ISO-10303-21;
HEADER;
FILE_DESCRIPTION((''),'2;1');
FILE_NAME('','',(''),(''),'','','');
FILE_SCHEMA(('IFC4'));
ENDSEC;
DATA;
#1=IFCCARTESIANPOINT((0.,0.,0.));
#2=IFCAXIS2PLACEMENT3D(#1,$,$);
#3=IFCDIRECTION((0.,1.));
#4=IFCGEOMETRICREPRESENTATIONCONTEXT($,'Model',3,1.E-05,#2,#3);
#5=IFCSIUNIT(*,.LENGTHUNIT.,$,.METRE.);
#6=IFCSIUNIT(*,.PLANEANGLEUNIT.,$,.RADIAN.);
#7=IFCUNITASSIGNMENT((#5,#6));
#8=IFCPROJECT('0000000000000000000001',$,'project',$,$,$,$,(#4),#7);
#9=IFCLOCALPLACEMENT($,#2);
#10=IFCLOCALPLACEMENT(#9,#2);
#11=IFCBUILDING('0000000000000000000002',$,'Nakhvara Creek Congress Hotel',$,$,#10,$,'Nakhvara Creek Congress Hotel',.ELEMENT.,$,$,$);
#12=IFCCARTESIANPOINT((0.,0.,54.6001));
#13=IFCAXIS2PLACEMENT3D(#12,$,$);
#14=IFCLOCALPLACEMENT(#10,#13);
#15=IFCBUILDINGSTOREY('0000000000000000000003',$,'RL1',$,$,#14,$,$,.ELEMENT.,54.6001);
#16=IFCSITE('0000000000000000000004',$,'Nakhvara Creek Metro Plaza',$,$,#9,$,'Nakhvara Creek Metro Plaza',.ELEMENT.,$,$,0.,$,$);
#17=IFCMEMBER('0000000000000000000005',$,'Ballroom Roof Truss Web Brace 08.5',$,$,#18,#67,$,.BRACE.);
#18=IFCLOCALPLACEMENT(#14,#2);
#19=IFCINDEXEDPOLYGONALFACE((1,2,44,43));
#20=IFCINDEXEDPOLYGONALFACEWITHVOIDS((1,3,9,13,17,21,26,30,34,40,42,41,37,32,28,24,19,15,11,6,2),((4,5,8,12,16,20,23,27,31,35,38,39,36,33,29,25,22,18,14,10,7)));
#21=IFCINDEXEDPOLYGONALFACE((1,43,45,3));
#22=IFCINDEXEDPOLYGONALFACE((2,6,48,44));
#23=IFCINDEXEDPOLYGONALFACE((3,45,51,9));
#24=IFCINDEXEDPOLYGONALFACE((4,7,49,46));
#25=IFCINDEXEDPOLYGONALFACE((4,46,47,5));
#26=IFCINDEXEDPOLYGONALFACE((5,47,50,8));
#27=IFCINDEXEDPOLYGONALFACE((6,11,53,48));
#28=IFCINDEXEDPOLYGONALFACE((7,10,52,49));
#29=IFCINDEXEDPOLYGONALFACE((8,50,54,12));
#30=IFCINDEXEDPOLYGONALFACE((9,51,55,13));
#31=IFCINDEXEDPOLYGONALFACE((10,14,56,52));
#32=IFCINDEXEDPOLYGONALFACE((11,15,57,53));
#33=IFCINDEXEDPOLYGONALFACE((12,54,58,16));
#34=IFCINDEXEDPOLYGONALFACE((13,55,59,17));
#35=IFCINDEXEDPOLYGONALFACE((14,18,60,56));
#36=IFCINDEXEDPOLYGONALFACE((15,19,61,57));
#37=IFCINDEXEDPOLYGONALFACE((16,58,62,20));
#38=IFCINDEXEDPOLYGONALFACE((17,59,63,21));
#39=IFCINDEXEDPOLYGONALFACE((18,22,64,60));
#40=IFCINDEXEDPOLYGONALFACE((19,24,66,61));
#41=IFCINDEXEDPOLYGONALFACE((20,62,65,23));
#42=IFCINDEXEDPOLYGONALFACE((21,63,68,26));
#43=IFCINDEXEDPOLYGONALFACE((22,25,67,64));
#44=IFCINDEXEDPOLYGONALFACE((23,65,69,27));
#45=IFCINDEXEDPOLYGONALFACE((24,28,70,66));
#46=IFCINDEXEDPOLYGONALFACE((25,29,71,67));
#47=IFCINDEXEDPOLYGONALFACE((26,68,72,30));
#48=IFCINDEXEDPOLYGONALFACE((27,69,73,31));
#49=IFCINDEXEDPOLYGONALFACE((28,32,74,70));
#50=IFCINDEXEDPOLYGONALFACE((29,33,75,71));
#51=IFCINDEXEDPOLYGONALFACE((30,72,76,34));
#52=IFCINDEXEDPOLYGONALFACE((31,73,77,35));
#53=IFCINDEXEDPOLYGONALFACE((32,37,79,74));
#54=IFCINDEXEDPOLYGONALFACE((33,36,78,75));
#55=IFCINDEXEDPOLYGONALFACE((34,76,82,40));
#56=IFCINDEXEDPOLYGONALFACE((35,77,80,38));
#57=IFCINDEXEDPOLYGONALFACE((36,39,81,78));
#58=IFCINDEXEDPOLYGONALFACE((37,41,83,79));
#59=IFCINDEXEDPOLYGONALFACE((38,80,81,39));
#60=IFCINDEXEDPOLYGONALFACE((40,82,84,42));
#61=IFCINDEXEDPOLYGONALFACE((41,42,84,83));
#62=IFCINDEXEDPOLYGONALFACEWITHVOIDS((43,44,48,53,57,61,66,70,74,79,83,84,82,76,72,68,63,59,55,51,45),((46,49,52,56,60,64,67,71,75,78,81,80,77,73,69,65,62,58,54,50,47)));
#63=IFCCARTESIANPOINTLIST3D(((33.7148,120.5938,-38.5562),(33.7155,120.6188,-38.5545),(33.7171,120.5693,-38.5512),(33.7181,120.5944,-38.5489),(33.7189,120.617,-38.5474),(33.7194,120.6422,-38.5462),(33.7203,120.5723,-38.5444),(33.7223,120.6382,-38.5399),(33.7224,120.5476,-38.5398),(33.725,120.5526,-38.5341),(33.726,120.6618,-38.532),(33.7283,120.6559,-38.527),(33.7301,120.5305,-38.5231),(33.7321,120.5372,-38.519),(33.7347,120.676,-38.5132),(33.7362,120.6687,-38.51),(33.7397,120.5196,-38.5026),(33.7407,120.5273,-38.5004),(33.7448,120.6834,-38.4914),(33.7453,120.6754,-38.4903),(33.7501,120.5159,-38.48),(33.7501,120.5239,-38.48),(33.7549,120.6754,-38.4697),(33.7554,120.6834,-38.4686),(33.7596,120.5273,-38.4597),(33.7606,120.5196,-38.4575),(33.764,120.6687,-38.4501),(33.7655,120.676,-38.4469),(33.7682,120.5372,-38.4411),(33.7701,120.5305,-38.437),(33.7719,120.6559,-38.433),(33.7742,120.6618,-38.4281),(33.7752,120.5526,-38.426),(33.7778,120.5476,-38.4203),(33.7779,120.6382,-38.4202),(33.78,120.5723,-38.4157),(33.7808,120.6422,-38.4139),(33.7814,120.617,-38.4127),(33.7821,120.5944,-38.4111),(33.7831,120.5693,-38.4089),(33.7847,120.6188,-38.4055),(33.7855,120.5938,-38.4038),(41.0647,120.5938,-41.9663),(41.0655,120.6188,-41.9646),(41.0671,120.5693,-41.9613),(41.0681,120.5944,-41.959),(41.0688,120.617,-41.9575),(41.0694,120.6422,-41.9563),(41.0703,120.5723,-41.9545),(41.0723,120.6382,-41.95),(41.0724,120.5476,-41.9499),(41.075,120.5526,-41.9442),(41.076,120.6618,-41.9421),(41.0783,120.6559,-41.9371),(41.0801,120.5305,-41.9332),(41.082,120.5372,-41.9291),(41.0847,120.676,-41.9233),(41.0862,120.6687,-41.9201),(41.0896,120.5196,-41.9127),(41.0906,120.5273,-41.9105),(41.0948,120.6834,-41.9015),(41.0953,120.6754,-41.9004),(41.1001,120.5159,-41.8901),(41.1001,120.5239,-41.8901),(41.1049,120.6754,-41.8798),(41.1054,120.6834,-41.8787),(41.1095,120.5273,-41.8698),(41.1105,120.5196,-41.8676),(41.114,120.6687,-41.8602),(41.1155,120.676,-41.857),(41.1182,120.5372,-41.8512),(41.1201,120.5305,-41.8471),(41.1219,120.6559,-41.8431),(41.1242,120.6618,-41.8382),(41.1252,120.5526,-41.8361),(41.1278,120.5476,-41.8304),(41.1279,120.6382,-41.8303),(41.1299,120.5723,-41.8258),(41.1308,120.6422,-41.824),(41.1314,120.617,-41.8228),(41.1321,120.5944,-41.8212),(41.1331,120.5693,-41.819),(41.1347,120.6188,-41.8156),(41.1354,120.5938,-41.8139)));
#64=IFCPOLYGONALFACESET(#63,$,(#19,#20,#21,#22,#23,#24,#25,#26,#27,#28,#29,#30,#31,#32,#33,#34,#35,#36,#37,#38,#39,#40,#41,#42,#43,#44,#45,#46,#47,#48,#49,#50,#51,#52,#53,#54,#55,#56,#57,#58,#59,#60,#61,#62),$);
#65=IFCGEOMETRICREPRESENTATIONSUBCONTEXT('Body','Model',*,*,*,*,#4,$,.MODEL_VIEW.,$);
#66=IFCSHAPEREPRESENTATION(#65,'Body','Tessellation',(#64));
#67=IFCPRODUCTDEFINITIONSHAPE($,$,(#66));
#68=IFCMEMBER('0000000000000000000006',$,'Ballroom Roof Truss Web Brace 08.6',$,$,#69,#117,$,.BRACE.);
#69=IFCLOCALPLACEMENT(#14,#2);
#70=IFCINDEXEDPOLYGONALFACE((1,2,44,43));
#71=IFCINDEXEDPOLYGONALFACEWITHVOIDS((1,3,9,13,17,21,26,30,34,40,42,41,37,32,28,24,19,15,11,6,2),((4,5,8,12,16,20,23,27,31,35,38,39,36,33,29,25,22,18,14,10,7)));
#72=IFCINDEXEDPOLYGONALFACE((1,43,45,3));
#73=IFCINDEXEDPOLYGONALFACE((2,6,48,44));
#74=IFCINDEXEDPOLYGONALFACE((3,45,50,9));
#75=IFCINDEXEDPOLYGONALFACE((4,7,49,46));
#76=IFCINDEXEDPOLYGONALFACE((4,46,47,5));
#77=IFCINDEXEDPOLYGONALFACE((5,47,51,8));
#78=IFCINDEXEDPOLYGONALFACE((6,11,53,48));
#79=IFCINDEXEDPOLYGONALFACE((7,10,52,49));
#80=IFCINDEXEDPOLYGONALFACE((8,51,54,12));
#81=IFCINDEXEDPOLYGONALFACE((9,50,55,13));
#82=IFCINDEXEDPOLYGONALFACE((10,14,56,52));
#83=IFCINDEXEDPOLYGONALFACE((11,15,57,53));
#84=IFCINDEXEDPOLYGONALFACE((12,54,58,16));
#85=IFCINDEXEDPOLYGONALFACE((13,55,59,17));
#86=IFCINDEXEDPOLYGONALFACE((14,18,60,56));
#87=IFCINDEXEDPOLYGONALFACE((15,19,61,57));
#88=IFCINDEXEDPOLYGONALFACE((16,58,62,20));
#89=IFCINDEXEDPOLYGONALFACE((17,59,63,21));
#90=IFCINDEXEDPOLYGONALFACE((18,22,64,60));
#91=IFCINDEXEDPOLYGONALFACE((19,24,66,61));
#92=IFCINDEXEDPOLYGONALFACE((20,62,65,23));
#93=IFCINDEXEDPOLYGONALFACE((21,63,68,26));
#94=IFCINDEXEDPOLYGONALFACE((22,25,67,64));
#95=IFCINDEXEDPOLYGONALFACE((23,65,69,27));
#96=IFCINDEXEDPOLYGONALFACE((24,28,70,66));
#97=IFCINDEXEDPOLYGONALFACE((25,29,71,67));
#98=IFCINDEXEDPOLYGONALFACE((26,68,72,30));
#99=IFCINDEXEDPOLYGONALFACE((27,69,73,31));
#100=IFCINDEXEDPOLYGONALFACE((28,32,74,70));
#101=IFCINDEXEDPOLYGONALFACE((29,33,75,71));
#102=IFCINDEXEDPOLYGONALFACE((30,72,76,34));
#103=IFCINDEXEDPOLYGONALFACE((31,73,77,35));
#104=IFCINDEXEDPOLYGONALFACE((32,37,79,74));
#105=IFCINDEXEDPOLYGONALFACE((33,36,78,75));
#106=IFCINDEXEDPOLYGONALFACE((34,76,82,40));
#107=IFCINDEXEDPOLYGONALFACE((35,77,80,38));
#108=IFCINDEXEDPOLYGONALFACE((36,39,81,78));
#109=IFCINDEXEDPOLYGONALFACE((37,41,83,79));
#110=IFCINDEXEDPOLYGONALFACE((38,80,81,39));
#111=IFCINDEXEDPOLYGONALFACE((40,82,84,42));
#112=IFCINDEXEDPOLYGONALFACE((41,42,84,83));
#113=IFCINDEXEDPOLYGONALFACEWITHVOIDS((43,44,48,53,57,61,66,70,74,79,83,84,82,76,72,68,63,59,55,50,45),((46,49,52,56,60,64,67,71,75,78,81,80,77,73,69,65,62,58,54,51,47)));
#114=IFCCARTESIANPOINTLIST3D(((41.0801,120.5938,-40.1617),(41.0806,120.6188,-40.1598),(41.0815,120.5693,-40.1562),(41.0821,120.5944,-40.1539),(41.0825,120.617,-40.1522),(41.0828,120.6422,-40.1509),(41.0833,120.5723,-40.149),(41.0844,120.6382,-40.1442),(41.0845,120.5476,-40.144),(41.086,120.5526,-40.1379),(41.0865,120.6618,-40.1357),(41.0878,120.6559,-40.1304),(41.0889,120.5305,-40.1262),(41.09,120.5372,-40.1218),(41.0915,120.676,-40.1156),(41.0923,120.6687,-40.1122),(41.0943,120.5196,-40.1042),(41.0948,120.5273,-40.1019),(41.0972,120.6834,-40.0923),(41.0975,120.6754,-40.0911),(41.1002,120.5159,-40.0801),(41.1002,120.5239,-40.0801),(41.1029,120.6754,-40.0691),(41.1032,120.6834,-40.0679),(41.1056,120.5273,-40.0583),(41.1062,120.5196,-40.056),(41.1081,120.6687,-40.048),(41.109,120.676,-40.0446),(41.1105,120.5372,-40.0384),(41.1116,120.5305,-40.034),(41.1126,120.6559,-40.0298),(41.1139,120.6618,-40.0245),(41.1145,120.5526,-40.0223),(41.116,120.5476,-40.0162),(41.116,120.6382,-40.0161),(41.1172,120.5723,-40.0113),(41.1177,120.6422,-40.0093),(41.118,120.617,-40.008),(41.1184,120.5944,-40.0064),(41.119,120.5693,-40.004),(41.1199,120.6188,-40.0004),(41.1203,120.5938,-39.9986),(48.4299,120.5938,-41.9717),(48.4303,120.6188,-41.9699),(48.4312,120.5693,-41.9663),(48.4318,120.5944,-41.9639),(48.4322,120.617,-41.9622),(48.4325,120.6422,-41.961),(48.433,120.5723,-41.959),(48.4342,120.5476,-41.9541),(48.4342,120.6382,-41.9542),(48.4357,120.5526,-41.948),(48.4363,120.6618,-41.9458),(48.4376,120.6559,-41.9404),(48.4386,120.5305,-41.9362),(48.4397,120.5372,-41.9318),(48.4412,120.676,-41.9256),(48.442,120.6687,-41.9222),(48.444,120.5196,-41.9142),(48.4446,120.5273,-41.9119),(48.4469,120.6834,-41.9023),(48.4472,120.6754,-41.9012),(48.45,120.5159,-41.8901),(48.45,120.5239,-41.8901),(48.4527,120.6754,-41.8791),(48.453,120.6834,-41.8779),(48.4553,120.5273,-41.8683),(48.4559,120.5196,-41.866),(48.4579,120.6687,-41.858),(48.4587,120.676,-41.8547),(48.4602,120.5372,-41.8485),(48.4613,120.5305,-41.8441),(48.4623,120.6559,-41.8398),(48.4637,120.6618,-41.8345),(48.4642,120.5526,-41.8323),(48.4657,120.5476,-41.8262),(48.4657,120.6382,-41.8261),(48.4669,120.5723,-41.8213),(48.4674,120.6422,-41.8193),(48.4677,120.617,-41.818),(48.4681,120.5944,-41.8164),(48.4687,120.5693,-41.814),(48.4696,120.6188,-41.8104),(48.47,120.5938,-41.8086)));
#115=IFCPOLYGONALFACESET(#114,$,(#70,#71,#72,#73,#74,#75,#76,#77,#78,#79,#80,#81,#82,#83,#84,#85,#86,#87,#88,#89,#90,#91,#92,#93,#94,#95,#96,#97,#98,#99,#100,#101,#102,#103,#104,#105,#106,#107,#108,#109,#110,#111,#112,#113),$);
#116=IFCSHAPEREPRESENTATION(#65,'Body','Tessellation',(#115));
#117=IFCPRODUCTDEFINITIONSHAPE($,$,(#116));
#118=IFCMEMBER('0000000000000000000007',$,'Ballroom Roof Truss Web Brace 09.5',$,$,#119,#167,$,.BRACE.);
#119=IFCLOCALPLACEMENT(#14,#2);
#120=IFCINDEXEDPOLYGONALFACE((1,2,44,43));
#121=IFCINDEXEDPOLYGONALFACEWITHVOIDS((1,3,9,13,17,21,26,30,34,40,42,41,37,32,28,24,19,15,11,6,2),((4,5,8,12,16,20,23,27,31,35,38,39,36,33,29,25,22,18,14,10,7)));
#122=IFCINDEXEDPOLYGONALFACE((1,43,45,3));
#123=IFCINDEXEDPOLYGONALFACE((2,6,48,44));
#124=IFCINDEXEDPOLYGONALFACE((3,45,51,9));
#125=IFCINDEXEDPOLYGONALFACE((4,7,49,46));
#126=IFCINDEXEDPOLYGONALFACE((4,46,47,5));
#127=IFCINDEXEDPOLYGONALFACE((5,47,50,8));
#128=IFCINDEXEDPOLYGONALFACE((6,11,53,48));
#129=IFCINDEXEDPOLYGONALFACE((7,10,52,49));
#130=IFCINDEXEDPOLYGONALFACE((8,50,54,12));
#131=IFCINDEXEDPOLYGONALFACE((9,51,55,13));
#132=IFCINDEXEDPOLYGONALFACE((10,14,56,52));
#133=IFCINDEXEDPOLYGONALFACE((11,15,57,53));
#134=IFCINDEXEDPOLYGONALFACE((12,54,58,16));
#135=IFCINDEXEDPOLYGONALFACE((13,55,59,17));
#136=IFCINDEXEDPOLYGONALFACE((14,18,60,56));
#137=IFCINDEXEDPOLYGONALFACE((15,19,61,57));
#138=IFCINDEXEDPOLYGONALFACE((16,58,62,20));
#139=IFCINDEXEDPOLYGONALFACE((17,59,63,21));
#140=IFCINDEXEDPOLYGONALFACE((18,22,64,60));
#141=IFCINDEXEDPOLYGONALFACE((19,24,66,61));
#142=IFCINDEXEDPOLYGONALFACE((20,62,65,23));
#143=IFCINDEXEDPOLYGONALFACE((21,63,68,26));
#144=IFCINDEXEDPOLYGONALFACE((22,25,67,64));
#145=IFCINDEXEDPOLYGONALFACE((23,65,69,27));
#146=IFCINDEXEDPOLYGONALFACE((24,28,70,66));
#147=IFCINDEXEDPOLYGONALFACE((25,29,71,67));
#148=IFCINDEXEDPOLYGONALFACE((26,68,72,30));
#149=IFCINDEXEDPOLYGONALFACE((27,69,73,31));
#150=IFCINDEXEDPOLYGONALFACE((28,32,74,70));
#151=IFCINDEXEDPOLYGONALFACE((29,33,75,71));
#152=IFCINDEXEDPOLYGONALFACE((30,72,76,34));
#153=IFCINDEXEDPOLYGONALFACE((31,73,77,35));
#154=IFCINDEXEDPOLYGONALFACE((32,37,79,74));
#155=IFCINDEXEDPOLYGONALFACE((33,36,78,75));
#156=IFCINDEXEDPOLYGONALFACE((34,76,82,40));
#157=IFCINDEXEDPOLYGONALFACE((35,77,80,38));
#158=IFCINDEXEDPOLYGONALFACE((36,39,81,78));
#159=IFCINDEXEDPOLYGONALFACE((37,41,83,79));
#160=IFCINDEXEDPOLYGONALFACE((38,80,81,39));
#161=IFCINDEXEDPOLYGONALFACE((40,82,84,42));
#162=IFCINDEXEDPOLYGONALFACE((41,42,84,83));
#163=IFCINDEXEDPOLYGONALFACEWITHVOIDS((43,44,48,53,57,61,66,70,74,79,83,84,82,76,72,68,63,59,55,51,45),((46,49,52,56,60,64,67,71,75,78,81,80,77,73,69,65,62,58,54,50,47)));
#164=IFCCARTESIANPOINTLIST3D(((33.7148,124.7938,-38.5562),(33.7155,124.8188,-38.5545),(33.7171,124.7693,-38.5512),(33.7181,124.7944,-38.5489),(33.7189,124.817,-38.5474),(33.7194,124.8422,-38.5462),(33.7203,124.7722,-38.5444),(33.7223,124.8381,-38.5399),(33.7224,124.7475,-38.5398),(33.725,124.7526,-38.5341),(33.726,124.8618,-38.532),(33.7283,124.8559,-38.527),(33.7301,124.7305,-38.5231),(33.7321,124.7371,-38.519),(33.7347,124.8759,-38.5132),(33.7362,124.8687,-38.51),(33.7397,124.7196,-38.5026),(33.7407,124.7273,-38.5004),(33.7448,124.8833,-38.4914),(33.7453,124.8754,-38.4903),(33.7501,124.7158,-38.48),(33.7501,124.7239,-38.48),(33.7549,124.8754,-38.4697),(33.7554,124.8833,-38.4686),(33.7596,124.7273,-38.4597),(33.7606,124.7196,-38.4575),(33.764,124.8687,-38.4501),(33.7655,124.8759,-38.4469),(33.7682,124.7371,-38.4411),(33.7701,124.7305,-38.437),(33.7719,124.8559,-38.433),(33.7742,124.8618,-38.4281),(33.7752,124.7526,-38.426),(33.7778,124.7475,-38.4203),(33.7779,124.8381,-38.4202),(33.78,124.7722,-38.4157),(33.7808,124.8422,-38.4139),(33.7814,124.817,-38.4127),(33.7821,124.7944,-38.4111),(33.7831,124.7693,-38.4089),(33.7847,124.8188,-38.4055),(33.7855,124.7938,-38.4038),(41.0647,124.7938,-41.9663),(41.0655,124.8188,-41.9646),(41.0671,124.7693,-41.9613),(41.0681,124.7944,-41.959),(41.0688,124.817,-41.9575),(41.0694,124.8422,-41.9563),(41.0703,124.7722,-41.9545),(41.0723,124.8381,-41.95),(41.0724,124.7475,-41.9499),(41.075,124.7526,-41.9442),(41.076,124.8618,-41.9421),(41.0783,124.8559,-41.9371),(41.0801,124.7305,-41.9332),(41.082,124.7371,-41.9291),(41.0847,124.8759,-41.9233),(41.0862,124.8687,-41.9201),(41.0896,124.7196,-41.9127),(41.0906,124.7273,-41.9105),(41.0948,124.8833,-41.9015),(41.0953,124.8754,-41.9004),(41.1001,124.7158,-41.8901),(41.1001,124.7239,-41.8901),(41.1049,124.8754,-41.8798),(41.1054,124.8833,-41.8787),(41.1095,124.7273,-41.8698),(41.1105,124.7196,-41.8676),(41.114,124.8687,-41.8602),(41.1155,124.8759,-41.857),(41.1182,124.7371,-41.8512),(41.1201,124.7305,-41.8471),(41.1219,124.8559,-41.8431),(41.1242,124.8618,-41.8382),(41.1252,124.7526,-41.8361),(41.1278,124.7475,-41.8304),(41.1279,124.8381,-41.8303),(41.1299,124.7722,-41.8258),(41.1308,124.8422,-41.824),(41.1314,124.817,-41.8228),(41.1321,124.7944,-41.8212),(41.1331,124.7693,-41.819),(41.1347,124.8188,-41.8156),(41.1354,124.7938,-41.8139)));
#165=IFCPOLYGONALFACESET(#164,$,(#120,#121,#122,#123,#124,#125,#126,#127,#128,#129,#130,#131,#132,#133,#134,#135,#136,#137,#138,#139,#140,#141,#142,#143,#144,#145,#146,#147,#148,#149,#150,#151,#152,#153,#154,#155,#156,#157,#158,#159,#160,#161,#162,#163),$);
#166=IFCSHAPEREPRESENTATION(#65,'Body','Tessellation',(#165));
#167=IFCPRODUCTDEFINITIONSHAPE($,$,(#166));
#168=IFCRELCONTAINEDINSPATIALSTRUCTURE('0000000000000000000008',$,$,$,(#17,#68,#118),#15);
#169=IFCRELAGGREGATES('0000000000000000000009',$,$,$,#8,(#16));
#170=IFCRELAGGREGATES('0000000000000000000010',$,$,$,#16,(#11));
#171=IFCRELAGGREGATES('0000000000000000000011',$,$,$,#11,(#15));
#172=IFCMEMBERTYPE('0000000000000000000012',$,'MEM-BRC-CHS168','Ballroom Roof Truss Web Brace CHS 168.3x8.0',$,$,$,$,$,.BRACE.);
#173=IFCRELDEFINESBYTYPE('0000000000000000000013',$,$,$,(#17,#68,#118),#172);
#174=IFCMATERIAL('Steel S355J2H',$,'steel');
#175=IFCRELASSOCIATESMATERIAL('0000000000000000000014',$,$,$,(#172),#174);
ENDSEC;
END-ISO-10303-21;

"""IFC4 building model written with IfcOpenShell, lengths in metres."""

from ifc_helpers import new_model, si_unit, direction, frame, origin, origin_2d, place, context, subcontext, project, spatial, hollow_circle, extrude, material, material_profile, profile_set, type_object, element, save


model = new_model("IFC4")

# Units and contexts
model_context = context("Model", 3, precision=1e-05, world=origin(), true_north=direction((0.0, 1.0)))
body_context = subcontext(model_context, "Body", "Model", "MODEL_VIEW")
ifc_project = project(units=[si_unit("LENGTHUNIT", "METRE"), si_unit("PLANEANGLEUNIT", "RADIAN")], contexts=[model_context])

# Site, building, storey
site_placement = place(None, origin())
site = spatial("IfcSite", under=ifc_project, at=site_placement, Name="Nakhvara Creek Metro Plaza", LongName="Nakhvara Creek Metro Plaza", CompositionType="ELEMENT", RefElevation=0.0)
building_placement = place(site_placement, origin())
building = spatial("IfcBuilding", under=site, at=building_placement, Name="Nakhvara Creek Congress Hotel", LongName="Nakhvara Creek Congress Hotel", CompositionType="ELEMENT")
storey_placement = place(building_placement, frame((0.0, 0.0, 54.6001)))
storey = spatial("IfcBuildingStorey", under=building, at=storey_placement, Name="RL1", CompositionType="ELEMENT", Elevation=54.6001)

# Members
ifc_material_1 = material(Name="Steel S355J2H", Category="steel")
ifc_material_profile_1 = material_profile(ifc_material_1, hollow_circle(Radius=0.0842, WallThickness=0.0081, at=origin_2d()), Name="CHS 168.3x8.0", Category="LoadBearing")
ifc_profile_set_1 = profile_set([ifc_material_profile_1], Name="Steel S355J2H")
member_type_1 = type_object("IfcMemberType", Name="MEM-BRC-CHS168", Description="Ballroom Roof Truss Web Brace CHS 168.3x8.0", PredefinedType="BRACE", material=ifc_profile_set_1)
member_1_placement = place(storey_placement, frame((41.1001, 120.6001, -41.8901), z_axis=(-0.907122, 0.0, 0.420869), x_axis=(0.0, -1.0, 0.0)))
element("IfcMember", 1, at=member_1_placement, inside=storey, type_object=member_type_1, Name="Ballroom Roof Truss Web Brace 08.5", PredefinedType="BRACE", context=body_context, shape_type="SweptSolid", body=[
    extrude(hollow_circle(Radius=0.0842, WallThickness=0.0081, at=origin_2d()), origin(), (0.0, 0.0, 1.0), 8.1025),
])
member_2_placement = place(storey_placement, frame((48.45, 120.6001, -41.8901), z_axis=(-0.970988, 0.0, 0.239127), x_axis=(0.0, -1.0, 0.0)))
element("IfcMember", 2, at=member_2_placement, inside=storey, type_object=member_type_1, Name="Ballroom Roof Truss Web Brace 08.6", PredefinedType="BRACE", context=body_context, shape_type="SweptSolid", body=[
    extrude(hollow_circle(Radius=0.0842, WallThickness=0.0081, at=origin_2d()), origin(), (0.0, 0.0, 1.0), 7.5693),
])
member_3_placement = place(storey_placement, frame((41.1001, 124.8, -41.8901), z_axis=(-0.907122, 0.0, 0.420869), x_axis=(0.0, -1.0, 0.0)))
element("IfcMember", 3, at=member_3_placement, inside=storey, type_object=member_type_1, Name="Ballroom Roof Truss Web Brace 09.5", PredefinedType="BRACE", context=body_context, shape_type="SweptSolid", body=[
    extrude(hollow_circle(Radius=0.0842, WallThickness=0.0081, at=origin_2d()), origin(), (0.0, 0.0, 1.0), 8.1025),
])

save(model, "model.ifc")
